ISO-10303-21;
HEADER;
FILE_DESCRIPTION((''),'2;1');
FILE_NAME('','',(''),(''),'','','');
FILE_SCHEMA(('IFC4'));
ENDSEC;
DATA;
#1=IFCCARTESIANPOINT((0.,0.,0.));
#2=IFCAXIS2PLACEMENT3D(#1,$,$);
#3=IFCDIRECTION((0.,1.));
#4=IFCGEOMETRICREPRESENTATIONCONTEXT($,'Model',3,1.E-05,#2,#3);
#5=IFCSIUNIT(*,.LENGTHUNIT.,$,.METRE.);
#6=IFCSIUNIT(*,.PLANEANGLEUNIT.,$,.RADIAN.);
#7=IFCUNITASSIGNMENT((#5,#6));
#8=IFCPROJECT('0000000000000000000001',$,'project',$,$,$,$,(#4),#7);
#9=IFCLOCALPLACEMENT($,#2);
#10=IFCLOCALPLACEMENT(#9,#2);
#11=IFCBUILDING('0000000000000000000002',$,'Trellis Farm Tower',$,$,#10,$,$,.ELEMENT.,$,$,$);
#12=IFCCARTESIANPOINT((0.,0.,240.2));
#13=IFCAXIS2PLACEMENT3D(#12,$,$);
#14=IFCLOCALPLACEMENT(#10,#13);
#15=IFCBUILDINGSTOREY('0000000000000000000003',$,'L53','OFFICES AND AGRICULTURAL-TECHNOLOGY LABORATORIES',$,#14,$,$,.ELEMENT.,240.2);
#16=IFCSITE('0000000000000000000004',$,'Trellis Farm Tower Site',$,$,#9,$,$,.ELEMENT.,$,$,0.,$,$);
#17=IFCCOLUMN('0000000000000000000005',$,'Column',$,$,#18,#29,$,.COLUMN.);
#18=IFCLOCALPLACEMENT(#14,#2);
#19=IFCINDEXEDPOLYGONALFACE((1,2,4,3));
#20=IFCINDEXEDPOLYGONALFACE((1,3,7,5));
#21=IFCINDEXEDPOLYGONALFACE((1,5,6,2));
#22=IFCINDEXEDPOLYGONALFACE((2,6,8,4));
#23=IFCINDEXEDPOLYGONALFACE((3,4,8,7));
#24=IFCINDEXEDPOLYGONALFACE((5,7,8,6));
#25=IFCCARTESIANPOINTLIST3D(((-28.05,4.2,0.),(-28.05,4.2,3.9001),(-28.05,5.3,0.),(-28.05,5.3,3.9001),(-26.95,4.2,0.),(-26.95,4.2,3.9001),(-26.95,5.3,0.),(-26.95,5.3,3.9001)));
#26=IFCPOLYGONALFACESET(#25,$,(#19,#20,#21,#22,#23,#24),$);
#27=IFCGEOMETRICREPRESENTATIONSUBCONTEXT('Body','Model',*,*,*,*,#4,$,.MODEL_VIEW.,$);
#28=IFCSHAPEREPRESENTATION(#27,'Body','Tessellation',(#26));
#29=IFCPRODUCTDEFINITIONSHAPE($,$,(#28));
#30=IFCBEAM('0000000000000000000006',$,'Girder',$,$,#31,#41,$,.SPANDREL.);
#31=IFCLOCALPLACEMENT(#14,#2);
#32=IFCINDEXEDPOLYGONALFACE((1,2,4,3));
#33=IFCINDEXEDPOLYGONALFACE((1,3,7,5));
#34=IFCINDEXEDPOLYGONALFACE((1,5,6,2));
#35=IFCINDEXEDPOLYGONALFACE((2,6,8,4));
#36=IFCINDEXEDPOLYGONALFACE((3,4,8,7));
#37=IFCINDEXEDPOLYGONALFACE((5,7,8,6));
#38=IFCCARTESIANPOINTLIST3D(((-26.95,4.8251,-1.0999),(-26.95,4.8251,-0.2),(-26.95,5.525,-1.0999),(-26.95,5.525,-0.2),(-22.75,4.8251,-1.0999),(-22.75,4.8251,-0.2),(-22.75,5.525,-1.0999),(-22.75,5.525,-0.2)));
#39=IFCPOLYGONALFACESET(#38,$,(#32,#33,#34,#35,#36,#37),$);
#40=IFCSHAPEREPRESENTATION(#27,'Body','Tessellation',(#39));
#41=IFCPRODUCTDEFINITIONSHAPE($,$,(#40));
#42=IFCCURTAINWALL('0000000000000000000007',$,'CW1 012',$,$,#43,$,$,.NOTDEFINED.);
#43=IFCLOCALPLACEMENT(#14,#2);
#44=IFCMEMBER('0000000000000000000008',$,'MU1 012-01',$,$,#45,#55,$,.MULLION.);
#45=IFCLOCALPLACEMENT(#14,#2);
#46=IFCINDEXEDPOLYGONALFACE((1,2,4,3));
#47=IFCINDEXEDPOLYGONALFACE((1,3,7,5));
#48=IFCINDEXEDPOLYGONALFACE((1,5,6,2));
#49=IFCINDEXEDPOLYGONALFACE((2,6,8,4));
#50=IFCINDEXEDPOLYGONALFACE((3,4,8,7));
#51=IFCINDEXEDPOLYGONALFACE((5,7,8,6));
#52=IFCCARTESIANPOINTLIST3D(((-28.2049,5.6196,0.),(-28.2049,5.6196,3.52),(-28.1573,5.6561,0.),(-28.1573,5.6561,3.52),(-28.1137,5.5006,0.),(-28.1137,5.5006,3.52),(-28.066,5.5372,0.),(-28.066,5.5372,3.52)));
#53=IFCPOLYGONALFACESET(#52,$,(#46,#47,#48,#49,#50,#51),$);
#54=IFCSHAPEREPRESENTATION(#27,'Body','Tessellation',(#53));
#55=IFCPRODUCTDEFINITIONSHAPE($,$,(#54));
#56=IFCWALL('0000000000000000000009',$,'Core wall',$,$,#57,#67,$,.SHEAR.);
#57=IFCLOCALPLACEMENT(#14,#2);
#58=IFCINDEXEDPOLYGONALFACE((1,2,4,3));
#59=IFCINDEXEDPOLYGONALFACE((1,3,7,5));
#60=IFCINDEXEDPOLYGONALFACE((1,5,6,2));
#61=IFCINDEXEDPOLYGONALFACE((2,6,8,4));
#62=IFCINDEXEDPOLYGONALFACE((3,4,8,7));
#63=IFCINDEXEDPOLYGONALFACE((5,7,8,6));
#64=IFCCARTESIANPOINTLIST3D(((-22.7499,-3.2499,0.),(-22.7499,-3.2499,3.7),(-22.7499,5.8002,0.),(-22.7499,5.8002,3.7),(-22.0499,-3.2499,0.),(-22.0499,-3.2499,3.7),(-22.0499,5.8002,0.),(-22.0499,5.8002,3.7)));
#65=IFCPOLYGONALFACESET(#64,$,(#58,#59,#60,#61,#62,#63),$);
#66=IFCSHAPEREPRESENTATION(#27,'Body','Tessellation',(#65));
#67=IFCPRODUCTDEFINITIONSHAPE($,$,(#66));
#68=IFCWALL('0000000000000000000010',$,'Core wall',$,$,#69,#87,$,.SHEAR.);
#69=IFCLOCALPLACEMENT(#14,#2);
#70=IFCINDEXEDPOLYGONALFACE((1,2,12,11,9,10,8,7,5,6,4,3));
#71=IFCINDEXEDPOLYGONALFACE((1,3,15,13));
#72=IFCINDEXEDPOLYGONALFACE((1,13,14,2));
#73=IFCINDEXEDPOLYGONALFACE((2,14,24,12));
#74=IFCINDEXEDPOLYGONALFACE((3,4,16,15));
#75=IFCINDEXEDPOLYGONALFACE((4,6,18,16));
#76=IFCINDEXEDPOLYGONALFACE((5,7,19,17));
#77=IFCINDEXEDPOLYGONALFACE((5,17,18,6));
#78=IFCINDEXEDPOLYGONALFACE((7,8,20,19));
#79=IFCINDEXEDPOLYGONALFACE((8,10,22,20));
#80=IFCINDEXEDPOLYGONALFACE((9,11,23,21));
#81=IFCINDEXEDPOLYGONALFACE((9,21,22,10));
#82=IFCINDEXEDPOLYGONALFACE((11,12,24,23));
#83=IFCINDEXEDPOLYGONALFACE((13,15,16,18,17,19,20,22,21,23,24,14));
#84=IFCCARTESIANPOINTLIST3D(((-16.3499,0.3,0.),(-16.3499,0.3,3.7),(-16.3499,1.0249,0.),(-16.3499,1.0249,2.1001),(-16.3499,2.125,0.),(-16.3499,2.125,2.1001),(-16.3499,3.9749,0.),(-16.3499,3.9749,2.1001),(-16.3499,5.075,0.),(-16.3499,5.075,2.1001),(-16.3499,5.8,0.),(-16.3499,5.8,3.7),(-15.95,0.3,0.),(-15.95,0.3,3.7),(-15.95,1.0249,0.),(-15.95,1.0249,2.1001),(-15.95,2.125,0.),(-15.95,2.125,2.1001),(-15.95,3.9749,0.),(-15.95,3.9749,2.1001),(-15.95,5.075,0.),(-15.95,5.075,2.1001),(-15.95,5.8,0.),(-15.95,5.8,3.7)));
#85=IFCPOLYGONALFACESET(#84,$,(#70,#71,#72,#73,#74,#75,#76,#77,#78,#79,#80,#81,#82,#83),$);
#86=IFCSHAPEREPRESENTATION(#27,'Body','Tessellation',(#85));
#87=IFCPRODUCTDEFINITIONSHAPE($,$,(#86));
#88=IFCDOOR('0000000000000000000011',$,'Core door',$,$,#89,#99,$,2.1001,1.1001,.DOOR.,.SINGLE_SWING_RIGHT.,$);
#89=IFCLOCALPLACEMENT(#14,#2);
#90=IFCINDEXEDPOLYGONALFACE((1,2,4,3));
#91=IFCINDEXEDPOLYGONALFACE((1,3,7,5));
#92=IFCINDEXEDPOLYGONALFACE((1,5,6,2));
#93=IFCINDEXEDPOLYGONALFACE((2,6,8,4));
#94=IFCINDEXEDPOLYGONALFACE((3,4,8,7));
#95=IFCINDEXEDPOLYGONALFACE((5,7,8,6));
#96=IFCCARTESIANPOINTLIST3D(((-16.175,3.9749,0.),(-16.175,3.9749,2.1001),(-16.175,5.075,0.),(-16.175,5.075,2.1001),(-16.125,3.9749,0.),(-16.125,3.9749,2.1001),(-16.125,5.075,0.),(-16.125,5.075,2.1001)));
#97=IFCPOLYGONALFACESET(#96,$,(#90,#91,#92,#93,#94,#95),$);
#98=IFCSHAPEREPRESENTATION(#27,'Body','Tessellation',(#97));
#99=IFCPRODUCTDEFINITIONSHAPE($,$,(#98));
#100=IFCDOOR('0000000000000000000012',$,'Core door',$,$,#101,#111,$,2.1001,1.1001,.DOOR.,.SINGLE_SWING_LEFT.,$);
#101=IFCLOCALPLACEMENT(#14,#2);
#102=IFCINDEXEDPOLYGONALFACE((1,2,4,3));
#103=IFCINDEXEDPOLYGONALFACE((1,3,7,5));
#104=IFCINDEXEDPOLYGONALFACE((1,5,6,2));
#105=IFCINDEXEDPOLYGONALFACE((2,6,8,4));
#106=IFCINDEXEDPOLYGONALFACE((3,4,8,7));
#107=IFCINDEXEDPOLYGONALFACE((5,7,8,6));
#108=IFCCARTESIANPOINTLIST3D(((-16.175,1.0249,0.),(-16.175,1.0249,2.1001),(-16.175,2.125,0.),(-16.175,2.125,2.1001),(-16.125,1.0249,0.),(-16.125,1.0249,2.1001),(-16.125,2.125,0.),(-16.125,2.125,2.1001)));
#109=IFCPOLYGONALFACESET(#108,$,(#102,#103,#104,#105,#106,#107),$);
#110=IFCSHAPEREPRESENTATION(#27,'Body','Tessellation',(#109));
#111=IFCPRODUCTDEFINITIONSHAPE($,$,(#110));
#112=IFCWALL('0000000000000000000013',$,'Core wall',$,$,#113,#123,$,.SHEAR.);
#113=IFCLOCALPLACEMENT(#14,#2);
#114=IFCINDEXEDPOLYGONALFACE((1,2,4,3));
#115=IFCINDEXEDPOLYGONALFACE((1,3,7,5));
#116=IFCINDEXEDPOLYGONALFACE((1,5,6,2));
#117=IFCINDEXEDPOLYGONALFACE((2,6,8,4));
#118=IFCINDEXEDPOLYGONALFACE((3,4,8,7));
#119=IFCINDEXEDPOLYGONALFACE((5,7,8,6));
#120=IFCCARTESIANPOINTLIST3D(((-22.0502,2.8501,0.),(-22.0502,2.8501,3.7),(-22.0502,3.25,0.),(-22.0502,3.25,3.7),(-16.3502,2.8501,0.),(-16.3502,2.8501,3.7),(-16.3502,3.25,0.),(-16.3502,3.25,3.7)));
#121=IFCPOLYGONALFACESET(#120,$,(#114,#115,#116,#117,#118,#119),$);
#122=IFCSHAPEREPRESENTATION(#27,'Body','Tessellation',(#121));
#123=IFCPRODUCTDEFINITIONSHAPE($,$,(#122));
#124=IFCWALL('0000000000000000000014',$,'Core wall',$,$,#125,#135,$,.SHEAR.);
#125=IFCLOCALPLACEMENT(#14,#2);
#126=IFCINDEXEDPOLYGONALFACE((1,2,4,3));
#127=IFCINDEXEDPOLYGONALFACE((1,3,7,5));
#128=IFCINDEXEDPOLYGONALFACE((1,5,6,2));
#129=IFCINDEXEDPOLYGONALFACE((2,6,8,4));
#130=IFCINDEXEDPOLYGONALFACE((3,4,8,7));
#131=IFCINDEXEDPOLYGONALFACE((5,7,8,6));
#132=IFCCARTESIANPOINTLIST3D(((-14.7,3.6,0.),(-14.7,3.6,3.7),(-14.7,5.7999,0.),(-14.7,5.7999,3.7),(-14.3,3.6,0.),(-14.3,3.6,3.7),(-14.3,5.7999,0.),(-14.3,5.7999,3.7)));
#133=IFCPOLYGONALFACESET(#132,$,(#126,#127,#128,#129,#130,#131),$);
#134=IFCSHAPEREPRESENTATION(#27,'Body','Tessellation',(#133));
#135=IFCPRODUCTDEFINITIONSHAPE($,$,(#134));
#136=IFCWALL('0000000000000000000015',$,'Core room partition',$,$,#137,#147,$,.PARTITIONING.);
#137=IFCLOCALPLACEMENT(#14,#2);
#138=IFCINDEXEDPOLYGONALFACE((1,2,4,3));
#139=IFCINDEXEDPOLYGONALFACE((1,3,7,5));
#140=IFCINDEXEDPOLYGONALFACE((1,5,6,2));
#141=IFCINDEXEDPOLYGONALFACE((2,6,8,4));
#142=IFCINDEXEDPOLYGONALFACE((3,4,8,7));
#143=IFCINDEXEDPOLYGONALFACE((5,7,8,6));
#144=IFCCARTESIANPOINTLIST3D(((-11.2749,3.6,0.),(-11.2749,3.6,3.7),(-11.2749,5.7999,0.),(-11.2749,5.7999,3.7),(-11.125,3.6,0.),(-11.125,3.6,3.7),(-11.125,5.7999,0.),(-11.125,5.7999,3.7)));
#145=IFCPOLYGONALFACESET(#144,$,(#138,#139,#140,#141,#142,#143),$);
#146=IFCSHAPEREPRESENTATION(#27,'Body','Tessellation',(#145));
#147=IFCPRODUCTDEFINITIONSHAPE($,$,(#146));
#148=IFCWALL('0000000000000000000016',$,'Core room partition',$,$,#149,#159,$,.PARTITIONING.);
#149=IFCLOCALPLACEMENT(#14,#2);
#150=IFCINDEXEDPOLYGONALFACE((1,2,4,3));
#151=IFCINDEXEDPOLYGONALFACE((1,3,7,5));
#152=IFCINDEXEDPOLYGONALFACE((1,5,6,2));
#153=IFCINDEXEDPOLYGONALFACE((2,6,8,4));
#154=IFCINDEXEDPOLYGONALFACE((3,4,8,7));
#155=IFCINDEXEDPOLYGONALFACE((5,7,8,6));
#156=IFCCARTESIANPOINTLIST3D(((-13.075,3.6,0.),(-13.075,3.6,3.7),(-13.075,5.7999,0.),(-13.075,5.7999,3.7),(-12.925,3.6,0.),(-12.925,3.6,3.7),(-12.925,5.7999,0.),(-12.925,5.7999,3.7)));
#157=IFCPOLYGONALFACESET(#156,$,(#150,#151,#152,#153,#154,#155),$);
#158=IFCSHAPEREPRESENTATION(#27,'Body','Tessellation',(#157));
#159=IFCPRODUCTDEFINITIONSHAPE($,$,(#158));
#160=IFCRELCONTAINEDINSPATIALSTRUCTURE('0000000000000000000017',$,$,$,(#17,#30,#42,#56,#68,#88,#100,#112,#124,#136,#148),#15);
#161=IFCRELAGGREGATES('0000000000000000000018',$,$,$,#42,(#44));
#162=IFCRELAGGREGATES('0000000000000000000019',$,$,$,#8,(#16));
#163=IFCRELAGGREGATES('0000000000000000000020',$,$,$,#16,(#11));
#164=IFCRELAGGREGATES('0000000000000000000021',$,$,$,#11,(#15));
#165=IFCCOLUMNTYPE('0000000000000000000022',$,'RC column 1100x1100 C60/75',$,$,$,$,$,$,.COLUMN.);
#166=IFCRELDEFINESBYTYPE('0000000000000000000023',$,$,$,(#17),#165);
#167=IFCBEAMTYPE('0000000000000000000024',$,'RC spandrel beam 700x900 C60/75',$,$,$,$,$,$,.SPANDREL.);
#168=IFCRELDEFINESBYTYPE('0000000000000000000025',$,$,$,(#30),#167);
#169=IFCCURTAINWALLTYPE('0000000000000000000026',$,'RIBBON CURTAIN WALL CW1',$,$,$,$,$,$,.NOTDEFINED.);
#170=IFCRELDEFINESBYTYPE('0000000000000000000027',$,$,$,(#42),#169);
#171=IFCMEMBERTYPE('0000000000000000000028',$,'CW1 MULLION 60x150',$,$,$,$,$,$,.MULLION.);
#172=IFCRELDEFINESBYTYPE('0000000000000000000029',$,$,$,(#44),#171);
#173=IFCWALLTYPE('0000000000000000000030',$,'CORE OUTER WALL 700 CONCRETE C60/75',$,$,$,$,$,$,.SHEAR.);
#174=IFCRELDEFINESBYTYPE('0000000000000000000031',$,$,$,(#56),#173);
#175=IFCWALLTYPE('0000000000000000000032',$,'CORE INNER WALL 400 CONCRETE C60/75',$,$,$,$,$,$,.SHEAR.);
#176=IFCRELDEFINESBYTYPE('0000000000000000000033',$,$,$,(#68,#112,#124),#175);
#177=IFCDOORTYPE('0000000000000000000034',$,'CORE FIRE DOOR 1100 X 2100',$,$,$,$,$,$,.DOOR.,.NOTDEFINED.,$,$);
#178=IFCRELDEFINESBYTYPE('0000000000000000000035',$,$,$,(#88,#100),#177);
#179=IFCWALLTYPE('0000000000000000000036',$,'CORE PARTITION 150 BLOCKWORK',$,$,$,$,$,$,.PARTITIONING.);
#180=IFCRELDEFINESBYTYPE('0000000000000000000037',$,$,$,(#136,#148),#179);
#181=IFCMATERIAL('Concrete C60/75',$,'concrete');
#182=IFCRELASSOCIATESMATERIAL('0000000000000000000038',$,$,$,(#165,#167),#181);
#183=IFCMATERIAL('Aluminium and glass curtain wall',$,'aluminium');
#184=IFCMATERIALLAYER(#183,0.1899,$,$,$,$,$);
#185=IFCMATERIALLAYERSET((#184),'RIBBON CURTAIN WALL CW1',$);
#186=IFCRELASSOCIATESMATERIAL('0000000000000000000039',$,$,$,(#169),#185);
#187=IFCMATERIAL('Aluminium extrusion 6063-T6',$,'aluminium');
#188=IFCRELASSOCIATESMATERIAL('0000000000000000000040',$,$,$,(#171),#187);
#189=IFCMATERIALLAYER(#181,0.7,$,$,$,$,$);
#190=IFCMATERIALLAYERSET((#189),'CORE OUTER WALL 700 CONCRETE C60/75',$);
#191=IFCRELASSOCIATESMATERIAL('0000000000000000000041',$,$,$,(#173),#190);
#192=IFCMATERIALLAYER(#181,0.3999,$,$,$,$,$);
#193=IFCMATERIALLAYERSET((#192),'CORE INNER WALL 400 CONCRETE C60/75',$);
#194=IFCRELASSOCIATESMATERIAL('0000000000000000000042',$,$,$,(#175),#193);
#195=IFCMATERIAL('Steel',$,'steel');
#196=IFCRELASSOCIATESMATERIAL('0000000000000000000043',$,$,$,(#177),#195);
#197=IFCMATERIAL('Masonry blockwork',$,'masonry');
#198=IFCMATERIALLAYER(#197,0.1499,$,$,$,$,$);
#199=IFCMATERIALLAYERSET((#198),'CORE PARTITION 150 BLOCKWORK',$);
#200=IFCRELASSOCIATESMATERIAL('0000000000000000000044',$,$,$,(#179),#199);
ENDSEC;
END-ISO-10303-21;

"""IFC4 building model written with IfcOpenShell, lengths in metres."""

from ifc_helpers import new_model, si_unit, direction, frame, frame_2d, origin, origin_2d, place, context, subcontext, project, spatial, rectangle, extrude, source, transform, mapped, material, layer, layer_set, material_profile, profile_set, type_object, element, fill, aggregate, save


model = new_model("IFC4")

# Units and contexts
model_context = context("Model", 3, precision=1e-05, world=origin(), true_north=direction((0.0, 1.0)))
body_context = subcontext(model_context, "Body", "Model", "MODEL_VIEW")
ifc_project = project(units=[si_unit("LENGTHUNIT", "METRE"), si_unit("PLANEANGLEUNIT", "RADIAN")], contexts=[model_context])

# Site, building, storey
site_placement = place(None, origin())
site = spatial("IfcSite", under=ifc_project, at=site_placement, Name="Trellis Farm Tower Site", CompositionType="ELEMENT", RefElevation=0.0)
building_placement = place(site_placement, origin())
building = spatial("IfcBuilding", under=site, at=building_placement, Name="Trellis Farm Tower", CompositionType="ELEMENT")
storey_placement = place(building_placement, frame((0.0, 0.0, 240.2)))
storey = spatial("IfcBuildingStorey", under=building, at=storey_placement, Name="L53", Description="OFFICES AND AGRICULTURAL-TECHNOLOGY LABORATORIES", CompositionType="ELEMENT", Elevation=240.2)

# Column
ifc_material_1 = material(Name="Concrete C60/75", Category="concrete")
ifc_material_profile_1 = material_profile(ifc_material_1, rectangle(XDim=1.1001, YDim=1.1001, at=origin_2d()), Name="RC column 1100x1100 C60/75")
ifc_profile_set_1 = profile_set([ifc_material_profile_1], Name="Concrete C60/75")
column_type = type_object("IfcColumnType", Name="RC column 1100x1100 C60/75", PredefinedType="COLUMN", material=ifc_profile_set_1)
shared_shape_1 = source(origin(), body_context, "Body", "SweptSolid", [
    extrude(rectangle(XDim=1.1001, YDim=1.1001, at=origin_2d()), origin(), (0.0, 0.0, 1.0), 3.9001),
])
column_placement = place(storey_placement, frame((-27.5, 4.75, 0.0), z_axis=(0.0, 0.0, 1.0), x_axis=(1.0, 0.0, 0.0)))
element("IfcColumn", 1, at=column_placement, inside=storey, type_object=column_type, Name="Column", PredefinedType="COLUMN", context=body_context, shape_type="MappedRepresentation", body=[
    mapped(shared_shape_1, transform((0.0, 0.0, 0.0))),
])

# Beam
ifc_material_profile_2 = material_profile(ifc_material_1, rectangle(XDim=0.7, YDim=0.8999, at=origin_2d()), Name="RC spandrel beam 700x900 C60/75")
ifc_profile_set_2 = profile_set([ifc_material_profile_2], Name="Concrete C60/75")
beam_type = type_object("IfcBeamType", Name="RC spandrel beam 700x900 C60/75", PredefinedType="SPANDREL", material=ifc_profile_set_2)
shared_shape_2 = source(origin(), body_context, "Body", "SweptSolid", [
    extrude(rectangle(XDim=0.7, YDim=0.8999, at=origin_2d()), origin(), (0.0, 0.0, 1.0), 4.2),
])
beam_placement = place(storey_placement, frame((-26.95, 5.175, -0.6499), z_axis=(1.0, 0.0, 0.0), x_axis=(0.0, 1.0, 0.0)))
element("IfcBeam", 2, at=beam_placement, inside=storey, type_object=beam_type, Name="Girder", PredefinedType="SPANDREL", context=body_context, shape_type="MappedRepresentation", body=[
    mapped(shared_shape_2, transform((0.0, 0.0, 0.0))),
])

# Curtain wall, member
ifc_material_2 = material(Name="Aluminium and glass curtain wall", Category="aluminium")
ifc_layer_1 = layer(ifc_material_2, 0.1899)
ifc_layer_set_1 = layer_set([ifc_layer_1], Name="RIBBON CURTAIN WALL CW1")
curtain_wall_type = type_object("IfcCurtainWallType", Name="RIBBON CURTAIN WALL CW1", PredefinedType="NOTDEFINED", material=ifc_layer_set_1)
placement = place(storey_placement, origin())
curtain_wall = element("IfcCurtainWall", 3, at=placement, inside=storey, type_object=curtain_wall_type, Name="CW1 012", PredefinedType="NOTDEFINED")
ifc_material_3 = material(Name="Aluminium extrusion 6063-T6", Category="aluminium")
ifc_material_profile_3 = material_profile(ifc_material_3, rectangle(XDim=0.0601, YDim=0.1499, at=origin_2d()), Name="MULLION 60x150")
ifc_profile_set_3 = profile_set([ifc_material_profile_3], Name="Aluminium extrusion 6063-T6")
member_type = type_object("IfcMemberType", Name="CW1 MULLION 60x150", PredefinedType="MULLION", material=ifc_profile_set_3)
shared_shape_3 = source(origin(), body_context, "Body", "SweptSolid", [
    extrude(rectangle(XDim=0.0601, YDim=0.1499, at=origin_2d()), origin(), (0.0, 0.0, 1.0), 3.52),
])
member_placement = place(storey_placement, frame((-28.1355, 5.5784, 0.0), z_axis=(0.0, 0.0, 1.0), x_axis=(-0.793353, -0.608761, 0.0)))
member = element("IfcMember", 4, at=member_placement, type_object=member_type, Name="MU1 012-01", PredefinedType="MULLION", context=body_context, shape_type="MappedRepresentation", body=[
    mapped(shared_shape_3, transform((0.0, 0.0, 0.0))),
])
aggregate(curtain_wall, [member])

# Wall
ifc_layer_2 = layer(ifc_material_1, 0.7)
ifc_layer_set_2 = layer_set([ifc_layer_2], Name="CORE OUTER WALL 700 CONCRETE C60/75")
wall_type_1 = type_object("IfcWallType", Name="CORE OUTER WALL 700 CONCRETE C60/75", PredefinedType="SHEAR", material=ifc_layer_set_2)
shared_shape_4 = source(origin(), body_context, "Body", "SweptSolid", [
    extrude(rectangle(XDim=9.05, YDim=0.7, at=frame_2d((4.5249, 0.0))), origin(), (0.0, 0.0, 1.0), 3.7),
])
wall_1_placement = place(storey_placement, frame((-22.3999, 5.8, 0.0), z_axis=(0.0, 0.0, 1.0), x_axis=(0.0, -1.0, 0.0)))
element("IfcWall", 5, at=wall_1_placement, inside=storey, type_object=wall_type_1, Name="Core wall", PredefinedType="SHEAR", context=body_context, shape_type="MappedRepresentation", body=[
    mapped(shared_shape_4, transform((0.0, 0.0, 0.0))),
])

# Wall, openings, doors
ifc_layer_3 = layer(ifc_material_1, 0.3999)
ifc_layer_set_3 = layer_set([ifc_layer_3], Name="CORE INNER WALL 400 CONCRETE C60/75")
wall_type_2 = type_object("IfcWallType", Name="CORE INNER WALL 400 CONCRETE C60/75", PredefinedType="SHEAR", material=ifc_layer_set_3)
shared_shape_5 = source(origin(), body_context, "Body", "SweptSolid", [
    extrude(rectangle(XDim=5.5, YDim=0.3999, at=frame_2d((2.75, 0.0))), origin(), (0.0, 0.0, 1.0), 3.7),
])
wall_2_placement = place(storey_placement, frame((-16.1499, 5.8, 0.0), z_axis=(0.0, 0.0, 1.0), x_axis=(0.0, -1.0, 0.0)))
wall_2 = element("IfcWall", 6, at=wall_2_placement, inside=storey, type_object=wall_type_2, Name="Core wall", PredefinedType="SHEAR", context=body_context, shape_type="MappedRepresentation", body=[
    mapped(shared_shape_5, transform((0.0, 0.0, 0.0))),
])
shared_shape_6 = source(origin(), body_context, "Body", "SweptSolid", [
    extrude(rectangle(XDim=1.1001, YDim=2.1001, at=frame_2d((0.55, 1.05))), frame((0.0, 0.21, 0.0), z_axis=(0.0, -1.0, 0.0), x_axis=(1.0, 0.0, 0.0)), (0.0, 0.0, 1.0), 0.4199),
])
opening_1_placement = place(wall_2_placement, frame((0.7251, 0.0, 0.0)))
opening_1 = element("IfcOpeningElement", 7, at=opening_1_placement, cuts=wall_2, PredefinedType="OPENING", context=body_context, shape_type="MappedRepresentation", body=[
    mapped(shared_shape_6, transform((0.0, 0.0, 0.0))),
])
opening_2_placement = place(wall_2_placement, frame((3.675, 0.0, 0.0)))
opening_2 = element("IfcOpeningElement", 8, at=opening_2_placement, cuts=wall_2, PredefinedType="OPENING", context=body_context, shape_type="MappedRepresentation", body=[
    mapped(shared_shape_6, transform((0.0, 0.0, 0.0))),
])
ifc_material_4 = material(Name="Steel", Category="steel")
door_type = type_object("IfcDoorType", Name="CORE FIRE DOOR 1100 X 2100", OperationType="NOTDEFINED", PredefinedType="DOOR", material=ifc_material_4)
shared_shape_7 = source(origin(), body_context, "Body", "SweptSolid", [
    extrude(rectangle(XDim=1.1001, YDim=2.1001, at=frame_2d((0.55, 1.05))), frame((0.0, 0.0249, 0.0), z_axis=(0.0, -1.0, 0.0), x_axis=(1.0, 0.0, 0.0)), (0.0, 0.0, 1.0), 0.05),
])
door_1_placement = place(opening_1_placement, origin())
door_1 = element("IfcDoor", 9, at=door_1_placement, inside=storey, type_object=door_type, Name="Core door", OperationType="SINGLE_SWING_RIGHT", OverallHeight=2.1001, OverallWidth=1.1001, PredefinedType="DOOR", context=body_context, shape_type="MappedRepresentation", body=[
    mapped(shared_shape_7, transform((0.0, 0.0, 0.0))),
])
fill(opening_1, door_1)
door_2_placement = place(opening_2_placement, origin())
door_2 = element("IfcDoor", 10, at=door_2_placement, inside=storey, type_object=door_type, Name="Core door", OperationType="SINGLE_SWING_LEFT", OverallHeight=2.1001, OverallWidth=1.1001, PredefinedType="DOOR", context=body_context, shape_type="MappedRepresentation", body=[
    mapped(shared_shape_7, transform((0.0, 0.0, 0.0))),
])
fill(opening_2, door_2)

# Walls
shared_shape_8 = source(origin(), body_context, "Body", "SweptSolid", [
    extrude(rectangle(XDim=5.7, YDim=0.3999, at=frame_2d((2.8501, 0.0))), origin(), (0.0, 0.0, 1.0), 3.7),
])
wall_3_placement = place(storey_placement, frame((-16.3501, 3.05, 0.0), z_axis=(0.0, 0.0, 1.0), x_axis=(-1.0, 0.0, 0.0)))
element("IfcWall", 11, at=wall_3_placement, inside=storey, type_object=wall_type_2, Name="Core wall", PredefinedType="SHEAR", context=body_context, shape_type="MappedRepresentation", body=[
    mapped(shared_shape_8, transform((0.0, 0.0, 0.0))),
])
shared_shape_9 = source(origin(), body_context, "Body", "SweptSolid", [
    extrude(rectangle(XDim=2.2, YDim=0.3999, at=frame_2d((1.1001, 0.0))), origin(), (0.0, 0.0, 1.0), 3.7),
])
wall_4_placement = place(storey_placement, frame((-14.5, 5.8, 0.0), z_axis=(0.0, 0.0, 1.0), x_axis=(0.0, -1.0, 0.0)))
element("IfcWall", 12, at=wall_4_placement, inside=storey, type_object=wall_type_2, Name="Core wall", PredefinedType="SHEAR", context=body_context, shape_type="MappedRepresentation", body=[
    mapped(shared_shape_9, transform((0.0, 0.0, 0.0))),
])
ifc_material_5 = material(Name="Masonry blockwork", Category="masonry")
ifc_layer_4 = layer(ifc_material_5, 0.1499)
ifc_layer_set_4 = layer_set([ifc_layer_4], Name="CORE PARTITION 150 BLOCKWORK")
wall_type_3 = type_object("IfcWallType", Name="CORE PARTITION 150 BLOCKWORK", PredefinedType="PARTITIONING", material=ifc_layer_set_4)
shared_shape_10 = source(origin(), body_context, "Body", "SweptSolid", [
    extrude(rectangle(XDim=2.2, YDim=0.1499, at=frame_2d((1.1001, 0.0))), origin(), (0.0, 0.0, 1.0), 3.7),
])
for number, where, z_axis, x_axis, name in (
    (13, (-11.2, 5.8, 0.0), (0.0, 0.0, 1.0), (0.0, -1.0, 0.0), "Core room partition"),
    (14, (-13.0, 5.8, 0.0), (0.0, 0.0, 1.0), (0.0, -1.0, 0.0), "Core room partition"),
):
    element("IfcWall", number, at=place(storey_placement, frame(where, z_axis=z_axis, x_axis=x_axis)), inside=storey, type_object=wall_type_3, Name=name, PredefinedType="PARTITIONING", context=body_context, shape_type="MappedRepresentation", body=[
        mapped(shared_shape_10, transform((0.0, 0.0, 0.0))),
    ])

save(model, "model.ifc")
